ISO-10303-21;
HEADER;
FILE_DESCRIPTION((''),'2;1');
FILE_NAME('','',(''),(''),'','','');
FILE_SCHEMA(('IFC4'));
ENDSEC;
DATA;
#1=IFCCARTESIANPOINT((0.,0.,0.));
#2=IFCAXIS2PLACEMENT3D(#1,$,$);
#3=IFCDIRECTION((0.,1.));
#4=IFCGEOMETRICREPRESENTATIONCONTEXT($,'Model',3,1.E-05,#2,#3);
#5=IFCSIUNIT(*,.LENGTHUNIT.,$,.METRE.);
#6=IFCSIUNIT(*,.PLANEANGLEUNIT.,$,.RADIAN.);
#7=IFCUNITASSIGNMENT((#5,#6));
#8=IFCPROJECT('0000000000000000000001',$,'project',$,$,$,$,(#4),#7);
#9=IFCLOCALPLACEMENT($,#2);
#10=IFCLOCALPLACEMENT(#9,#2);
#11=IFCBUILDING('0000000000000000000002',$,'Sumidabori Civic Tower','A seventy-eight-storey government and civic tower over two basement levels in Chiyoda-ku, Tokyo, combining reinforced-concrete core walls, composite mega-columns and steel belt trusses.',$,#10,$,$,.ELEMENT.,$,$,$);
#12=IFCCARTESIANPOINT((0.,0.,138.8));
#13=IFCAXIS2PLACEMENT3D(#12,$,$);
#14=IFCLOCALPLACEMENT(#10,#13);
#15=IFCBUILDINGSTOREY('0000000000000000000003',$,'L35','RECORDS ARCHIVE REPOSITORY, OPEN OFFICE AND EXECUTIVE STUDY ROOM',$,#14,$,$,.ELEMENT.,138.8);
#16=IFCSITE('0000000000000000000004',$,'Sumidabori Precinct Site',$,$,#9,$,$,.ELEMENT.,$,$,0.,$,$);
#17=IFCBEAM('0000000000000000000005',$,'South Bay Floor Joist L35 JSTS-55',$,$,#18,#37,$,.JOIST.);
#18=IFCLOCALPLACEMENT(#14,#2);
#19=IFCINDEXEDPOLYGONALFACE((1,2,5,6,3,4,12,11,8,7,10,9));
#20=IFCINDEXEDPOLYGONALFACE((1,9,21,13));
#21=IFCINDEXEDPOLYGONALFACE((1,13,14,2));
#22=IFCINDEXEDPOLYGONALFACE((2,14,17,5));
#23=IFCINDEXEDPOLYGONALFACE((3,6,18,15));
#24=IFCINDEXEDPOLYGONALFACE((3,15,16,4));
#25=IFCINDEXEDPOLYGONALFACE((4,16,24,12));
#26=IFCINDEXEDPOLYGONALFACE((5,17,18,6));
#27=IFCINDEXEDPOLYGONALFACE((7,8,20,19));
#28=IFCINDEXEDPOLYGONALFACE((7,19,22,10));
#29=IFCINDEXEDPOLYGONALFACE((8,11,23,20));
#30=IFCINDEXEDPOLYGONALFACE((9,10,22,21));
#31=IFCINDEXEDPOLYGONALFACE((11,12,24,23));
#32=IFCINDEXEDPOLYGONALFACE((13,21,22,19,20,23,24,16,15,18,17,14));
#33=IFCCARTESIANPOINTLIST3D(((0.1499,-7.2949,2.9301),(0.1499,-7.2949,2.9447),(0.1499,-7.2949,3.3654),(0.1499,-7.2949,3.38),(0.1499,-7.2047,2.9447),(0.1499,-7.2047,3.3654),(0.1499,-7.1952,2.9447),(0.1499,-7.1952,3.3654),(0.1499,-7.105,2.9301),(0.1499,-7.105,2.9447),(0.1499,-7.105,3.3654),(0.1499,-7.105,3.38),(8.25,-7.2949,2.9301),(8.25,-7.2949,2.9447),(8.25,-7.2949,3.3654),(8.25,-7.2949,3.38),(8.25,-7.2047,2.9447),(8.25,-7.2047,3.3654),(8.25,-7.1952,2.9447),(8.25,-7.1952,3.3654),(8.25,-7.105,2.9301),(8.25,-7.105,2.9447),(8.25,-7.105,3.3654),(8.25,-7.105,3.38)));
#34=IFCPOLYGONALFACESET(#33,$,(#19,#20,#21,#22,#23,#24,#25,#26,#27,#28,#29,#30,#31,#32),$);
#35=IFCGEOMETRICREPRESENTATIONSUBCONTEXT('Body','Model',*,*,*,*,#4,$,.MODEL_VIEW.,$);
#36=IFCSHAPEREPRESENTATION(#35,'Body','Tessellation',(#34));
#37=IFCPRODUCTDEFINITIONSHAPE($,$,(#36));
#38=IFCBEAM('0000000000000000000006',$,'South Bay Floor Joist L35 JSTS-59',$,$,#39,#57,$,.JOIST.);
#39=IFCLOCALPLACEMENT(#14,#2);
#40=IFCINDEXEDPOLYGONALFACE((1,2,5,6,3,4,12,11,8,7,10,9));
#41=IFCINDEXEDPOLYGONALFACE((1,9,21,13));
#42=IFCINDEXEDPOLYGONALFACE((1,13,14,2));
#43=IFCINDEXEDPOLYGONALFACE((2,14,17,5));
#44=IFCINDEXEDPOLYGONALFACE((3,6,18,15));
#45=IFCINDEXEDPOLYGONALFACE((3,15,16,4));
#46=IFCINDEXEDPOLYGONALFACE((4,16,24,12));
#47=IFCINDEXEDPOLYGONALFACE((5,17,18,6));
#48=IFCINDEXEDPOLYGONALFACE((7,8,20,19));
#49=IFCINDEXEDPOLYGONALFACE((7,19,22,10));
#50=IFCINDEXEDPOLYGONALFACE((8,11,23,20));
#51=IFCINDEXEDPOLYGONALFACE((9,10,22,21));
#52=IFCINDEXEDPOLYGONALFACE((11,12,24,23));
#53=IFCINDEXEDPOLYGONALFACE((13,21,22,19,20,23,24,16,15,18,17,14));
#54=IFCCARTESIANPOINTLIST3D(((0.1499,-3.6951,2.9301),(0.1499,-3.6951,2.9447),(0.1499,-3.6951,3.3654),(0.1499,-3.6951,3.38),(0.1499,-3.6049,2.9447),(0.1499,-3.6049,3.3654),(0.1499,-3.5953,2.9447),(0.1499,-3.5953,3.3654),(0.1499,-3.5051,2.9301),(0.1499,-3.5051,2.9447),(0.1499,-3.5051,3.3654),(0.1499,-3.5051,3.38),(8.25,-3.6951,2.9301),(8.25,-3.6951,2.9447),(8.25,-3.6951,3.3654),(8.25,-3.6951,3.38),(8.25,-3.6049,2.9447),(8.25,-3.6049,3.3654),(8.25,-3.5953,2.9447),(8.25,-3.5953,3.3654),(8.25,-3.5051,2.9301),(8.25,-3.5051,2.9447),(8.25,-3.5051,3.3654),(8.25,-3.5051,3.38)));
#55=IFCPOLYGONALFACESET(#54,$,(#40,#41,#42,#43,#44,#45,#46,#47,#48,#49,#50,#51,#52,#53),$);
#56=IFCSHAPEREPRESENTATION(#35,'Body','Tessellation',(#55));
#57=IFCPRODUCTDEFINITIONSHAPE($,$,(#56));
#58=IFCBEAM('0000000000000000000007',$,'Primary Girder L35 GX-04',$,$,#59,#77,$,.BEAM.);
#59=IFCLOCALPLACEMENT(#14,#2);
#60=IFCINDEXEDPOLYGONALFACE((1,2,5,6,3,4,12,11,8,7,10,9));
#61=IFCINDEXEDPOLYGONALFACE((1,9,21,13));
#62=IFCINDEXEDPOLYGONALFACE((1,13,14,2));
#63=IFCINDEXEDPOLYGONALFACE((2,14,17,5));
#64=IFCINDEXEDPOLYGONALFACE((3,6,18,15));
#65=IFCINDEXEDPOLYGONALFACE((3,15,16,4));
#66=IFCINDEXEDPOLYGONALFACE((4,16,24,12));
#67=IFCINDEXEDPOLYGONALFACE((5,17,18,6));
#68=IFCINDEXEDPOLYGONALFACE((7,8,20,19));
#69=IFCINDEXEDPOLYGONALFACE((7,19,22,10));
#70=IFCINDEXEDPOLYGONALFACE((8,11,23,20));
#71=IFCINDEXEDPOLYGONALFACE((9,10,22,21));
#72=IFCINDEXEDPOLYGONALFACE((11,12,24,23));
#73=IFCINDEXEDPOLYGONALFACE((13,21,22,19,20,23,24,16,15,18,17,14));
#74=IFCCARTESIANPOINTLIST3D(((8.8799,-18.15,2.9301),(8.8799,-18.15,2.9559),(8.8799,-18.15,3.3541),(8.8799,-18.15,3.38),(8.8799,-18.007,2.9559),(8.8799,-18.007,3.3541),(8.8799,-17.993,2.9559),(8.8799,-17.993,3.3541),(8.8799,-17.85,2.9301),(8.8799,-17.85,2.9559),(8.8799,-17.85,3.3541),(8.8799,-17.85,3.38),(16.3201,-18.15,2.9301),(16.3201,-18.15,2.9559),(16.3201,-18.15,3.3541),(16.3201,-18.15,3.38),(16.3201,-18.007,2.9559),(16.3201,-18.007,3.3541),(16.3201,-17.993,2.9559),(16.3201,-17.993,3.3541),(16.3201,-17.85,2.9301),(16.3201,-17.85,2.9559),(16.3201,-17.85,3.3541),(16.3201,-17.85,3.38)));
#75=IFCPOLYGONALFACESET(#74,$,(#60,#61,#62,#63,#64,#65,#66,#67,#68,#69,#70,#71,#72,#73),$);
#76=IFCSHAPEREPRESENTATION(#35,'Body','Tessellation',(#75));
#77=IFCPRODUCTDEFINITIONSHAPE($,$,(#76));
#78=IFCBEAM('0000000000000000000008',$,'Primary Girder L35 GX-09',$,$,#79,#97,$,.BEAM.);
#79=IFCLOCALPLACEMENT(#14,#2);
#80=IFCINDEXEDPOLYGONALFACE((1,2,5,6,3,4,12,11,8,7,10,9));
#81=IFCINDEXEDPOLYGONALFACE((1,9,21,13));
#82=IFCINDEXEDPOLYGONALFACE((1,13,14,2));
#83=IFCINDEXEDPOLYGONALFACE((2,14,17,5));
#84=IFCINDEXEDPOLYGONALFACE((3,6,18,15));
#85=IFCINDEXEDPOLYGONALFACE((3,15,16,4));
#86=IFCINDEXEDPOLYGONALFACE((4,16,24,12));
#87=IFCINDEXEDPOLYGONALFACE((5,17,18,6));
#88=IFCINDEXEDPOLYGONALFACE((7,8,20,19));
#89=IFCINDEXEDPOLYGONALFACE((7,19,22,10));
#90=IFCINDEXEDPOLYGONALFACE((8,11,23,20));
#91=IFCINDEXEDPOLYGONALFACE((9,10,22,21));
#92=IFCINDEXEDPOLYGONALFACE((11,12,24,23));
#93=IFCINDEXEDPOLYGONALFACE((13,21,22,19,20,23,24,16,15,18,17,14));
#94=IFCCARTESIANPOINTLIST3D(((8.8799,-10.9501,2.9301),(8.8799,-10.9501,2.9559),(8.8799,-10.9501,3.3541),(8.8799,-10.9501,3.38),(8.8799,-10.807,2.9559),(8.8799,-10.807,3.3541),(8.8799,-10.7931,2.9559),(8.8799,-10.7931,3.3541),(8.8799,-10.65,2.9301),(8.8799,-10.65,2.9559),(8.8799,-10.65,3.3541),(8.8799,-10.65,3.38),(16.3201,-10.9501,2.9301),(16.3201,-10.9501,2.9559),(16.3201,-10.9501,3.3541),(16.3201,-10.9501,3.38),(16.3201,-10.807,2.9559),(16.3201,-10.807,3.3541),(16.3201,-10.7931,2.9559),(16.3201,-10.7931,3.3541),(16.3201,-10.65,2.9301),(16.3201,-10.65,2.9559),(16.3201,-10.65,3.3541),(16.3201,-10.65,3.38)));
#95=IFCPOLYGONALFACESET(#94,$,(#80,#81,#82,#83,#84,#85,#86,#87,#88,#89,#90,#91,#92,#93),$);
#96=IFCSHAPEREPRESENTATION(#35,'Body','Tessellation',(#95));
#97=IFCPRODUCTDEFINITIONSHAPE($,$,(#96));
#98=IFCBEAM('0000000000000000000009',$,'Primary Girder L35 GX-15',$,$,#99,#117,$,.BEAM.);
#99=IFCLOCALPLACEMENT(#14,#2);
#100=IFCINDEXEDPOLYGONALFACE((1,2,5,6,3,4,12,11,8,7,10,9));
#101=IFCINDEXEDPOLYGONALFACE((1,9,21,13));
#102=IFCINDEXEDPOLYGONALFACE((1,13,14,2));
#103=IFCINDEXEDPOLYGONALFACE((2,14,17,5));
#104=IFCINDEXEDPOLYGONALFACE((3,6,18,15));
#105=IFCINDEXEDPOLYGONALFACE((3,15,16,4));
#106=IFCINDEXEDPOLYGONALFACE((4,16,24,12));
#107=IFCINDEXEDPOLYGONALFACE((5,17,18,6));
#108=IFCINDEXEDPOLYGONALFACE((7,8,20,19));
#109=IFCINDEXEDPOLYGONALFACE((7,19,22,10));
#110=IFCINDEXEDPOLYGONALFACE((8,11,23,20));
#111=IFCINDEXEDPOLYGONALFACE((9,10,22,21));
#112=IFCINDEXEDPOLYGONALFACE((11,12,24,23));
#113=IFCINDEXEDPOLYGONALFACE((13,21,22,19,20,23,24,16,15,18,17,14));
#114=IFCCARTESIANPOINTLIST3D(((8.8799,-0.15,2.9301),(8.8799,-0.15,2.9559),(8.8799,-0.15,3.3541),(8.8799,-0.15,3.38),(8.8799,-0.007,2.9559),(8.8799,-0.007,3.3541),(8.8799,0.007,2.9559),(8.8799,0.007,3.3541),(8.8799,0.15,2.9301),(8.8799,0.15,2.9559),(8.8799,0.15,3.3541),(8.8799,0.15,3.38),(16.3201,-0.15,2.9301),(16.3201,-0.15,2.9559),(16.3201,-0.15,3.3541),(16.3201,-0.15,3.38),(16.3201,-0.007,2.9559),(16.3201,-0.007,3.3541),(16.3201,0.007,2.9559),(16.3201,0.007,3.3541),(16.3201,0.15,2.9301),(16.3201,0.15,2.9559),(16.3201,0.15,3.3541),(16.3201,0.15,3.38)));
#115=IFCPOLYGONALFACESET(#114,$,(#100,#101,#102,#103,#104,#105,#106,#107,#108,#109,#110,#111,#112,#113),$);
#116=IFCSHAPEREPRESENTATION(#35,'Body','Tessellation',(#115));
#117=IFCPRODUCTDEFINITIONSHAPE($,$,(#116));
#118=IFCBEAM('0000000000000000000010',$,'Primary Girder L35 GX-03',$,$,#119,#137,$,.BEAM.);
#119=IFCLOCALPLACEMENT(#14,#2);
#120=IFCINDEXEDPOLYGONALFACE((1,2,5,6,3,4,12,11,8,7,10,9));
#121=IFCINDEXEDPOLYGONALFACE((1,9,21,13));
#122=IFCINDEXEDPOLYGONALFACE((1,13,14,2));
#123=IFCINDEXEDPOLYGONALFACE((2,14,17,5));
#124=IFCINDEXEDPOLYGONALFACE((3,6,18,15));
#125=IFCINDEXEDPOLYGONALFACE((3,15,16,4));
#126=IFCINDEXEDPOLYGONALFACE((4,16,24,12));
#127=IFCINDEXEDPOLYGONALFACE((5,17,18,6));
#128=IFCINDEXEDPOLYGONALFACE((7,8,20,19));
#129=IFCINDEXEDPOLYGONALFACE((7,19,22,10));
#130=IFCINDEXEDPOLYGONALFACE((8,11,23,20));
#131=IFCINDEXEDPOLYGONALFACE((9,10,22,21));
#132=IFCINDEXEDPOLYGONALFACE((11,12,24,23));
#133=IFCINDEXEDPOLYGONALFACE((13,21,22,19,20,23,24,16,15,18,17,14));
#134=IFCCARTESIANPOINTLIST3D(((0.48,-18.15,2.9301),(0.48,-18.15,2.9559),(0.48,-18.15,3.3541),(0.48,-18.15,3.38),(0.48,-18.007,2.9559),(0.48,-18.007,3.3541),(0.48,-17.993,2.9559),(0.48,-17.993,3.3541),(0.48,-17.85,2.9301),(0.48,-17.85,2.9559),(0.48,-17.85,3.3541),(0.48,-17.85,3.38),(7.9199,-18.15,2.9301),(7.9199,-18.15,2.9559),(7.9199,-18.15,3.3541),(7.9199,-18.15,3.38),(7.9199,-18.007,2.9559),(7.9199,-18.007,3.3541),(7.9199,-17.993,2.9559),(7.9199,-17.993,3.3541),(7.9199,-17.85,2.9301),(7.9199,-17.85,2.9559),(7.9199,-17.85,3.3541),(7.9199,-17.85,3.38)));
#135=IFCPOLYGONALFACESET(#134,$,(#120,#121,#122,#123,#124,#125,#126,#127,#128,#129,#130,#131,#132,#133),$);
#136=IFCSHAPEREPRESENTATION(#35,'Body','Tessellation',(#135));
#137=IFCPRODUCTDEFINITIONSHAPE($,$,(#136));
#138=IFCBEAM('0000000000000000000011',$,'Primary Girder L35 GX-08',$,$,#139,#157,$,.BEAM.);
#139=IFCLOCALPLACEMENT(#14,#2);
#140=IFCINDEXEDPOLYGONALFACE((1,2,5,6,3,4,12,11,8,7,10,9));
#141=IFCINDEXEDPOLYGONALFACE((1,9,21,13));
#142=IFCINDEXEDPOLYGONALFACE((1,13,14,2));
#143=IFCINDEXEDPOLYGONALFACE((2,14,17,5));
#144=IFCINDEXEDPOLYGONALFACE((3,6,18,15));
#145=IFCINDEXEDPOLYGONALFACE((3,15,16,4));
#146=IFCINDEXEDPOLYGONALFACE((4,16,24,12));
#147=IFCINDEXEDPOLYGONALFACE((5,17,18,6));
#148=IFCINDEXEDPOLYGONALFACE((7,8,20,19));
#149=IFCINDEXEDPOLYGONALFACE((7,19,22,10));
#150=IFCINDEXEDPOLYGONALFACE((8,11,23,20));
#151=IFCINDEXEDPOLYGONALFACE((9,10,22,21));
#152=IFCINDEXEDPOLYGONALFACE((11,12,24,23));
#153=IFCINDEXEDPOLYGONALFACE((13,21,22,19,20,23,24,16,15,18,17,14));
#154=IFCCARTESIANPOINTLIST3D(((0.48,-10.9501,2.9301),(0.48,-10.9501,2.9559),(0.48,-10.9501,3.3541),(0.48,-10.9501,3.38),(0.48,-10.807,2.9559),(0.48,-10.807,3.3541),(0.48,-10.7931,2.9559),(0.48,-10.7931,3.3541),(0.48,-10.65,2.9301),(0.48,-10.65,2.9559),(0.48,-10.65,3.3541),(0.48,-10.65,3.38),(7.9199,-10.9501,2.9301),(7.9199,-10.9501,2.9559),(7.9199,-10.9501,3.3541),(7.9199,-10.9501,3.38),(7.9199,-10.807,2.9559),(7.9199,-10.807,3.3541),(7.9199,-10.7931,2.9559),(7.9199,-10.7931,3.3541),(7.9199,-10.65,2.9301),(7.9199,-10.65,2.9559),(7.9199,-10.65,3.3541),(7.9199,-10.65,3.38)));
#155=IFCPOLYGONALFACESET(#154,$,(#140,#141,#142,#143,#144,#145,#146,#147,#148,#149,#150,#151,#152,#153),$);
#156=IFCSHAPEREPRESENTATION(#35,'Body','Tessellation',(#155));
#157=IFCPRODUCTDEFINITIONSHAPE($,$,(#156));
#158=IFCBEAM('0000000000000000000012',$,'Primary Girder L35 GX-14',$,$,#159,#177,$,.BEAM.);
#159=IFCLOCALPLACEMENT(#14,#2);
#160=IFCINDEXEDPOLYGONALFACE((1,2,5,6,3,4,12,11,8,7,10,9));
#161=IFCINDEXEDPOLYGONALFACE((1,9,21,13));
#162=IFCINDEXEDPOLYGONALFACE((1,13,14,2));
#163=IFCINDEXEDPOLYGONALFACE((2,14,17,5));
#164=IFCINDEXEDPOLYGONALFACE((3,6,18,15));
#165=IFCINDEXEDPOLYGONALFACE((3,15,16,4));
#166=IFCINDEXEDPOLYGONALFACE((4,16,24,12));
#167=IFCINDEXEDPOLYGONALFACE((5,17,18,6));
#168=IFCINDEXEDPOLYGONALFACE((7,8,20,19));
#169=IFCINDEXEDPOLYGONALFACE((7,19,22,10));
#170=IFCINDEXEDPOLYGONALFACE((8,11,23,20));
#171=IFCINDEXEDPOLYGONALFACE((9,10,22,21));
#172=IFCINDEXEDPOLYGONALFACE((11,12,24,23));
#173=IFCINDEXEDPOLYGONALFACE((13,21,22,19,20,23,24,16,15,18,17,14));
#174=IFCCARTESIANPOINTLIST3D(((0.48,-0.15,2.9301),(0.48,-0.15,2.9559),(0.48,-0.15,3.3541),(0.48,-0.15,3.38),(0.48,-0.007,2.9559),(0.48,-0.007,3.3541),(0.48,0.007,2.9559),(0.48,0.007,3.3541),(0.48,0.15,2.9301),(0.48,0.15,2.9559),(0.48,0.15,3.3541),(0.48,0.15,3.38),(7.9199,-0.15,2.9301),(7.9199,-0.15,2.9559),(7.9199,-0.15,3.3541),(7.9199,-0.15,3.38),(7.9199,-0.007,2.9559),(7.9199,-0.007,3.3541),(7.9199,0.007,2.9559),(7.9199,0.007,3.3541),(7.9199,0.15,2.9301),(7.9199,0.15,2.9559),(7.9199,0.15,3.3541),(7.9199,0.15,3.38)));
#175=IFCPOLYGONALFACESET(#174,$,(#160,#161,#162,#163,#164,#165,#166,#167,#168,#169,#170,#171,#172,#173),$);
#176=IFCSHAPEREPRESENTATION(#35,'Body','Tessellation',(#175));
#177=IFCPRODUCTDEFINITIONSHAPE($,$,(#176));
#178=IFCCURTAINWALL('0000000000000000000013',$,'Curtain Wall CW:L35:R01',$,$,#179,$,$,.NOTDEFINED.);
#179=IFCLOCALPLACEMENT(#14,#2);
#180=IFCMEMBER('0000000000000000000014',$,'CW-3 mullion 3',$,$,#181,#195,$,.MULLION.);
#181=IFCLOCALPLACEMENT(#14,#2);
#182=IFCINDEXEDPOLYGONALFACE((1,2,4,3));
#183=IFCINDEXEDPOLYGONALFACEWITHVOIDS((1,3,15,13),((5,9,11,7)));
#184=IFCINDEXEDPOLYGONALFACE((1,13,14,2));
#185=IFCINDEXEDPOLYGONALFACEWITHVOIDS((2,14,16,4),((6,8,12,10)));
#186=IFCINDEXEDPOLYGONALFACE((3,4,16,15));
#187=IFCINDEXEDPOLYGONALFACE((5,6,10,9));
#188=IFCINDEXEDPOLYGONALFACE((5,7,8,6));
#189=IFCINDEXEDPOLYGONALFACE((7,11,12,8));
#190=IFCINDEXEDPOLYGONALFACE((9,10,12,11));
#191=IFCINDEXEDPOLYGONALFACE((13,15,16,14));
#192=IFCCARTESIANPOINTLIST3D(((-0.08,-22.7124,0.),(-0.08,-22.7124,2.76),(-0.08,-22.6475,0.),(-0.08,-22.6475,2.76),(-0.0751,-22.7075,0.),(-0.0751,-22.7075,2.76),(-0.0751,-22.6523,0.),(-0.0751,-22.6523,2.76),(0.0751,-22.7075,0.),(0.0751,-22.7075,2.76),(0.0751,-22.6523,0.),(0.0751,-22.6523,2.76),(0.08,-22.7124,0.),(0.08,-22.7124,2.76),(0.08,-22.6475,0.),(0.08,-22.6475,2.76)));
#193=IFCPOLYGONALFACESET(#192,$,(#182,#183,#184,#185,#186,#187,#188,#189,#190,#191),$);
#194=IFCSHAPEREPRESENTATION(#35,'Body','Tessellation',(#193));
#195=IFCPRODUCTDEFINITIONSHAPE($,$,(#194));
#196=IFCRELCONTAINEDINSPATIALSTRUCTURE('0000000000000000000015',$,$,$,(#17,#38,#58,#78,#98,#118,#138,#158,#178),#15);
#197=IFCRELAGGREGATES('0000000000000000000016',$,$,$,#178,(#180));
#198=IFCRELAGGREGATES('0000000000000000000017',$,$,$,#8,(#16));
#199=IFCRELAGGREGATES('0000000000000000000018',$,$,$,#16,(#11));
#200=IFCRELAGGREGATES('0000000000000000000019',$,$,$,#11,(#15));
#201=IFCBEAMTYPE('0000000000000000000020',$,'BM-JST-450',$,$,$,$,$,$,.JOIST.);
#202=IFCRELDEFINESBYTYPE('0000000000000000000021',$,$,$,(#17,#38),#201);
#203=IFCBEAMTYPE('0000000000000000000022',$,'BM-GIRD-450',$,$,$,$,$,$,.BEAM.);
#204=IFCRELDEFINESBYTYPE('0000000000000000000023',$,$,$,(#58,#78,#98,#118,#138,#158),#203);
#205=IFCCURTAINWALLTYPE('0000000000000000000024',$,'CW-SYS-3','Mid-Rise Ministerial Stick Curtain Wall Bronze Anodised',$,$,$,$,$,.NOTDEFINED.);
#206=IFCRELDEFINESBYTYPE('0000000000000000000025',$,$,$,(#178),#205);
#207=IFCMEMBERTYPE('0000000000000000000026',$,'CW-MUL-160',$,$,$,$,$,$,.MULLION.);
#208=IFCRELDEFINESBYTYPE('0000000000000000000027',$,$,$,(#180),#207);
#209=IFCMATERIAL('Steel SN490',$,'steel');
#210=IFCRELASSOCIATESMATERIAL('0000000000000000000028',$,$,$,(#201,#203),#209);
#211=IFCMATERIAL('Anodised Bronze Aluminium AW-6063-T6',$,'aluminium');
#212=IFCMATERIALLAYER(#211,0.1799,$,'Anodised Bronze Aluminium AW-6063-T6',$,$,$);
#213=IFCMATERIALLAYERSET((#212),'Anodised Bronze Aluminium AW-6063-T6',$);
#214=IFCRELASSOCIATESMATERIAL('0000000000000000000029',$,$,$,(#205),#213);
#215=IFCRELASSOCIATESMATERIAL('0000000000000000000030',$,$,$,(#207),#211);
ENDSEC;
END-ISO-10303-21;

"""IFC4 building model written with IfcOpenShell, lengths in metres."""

from ifc_helpers import new_model, si_unit, direction, frame, origin, origin_2d, place, context, subcontext, project, spatial, hollow_rectangle, i_section, extrude, source, transform, mapped, material, layer, layer_set, material_profile, profile_set, type_object, element, aggregate, save


model = new_model("IFC4")

# Units and contexts
model_context = context("Model", 3, precision=1e-05, world=origin(), true_north=direction((0.0, 1.0)))
body_context = subcontext(model_context, "Body", "Model", "MODEL_VIEW")
ifc_project = project(units=[si_unit("LENGTHUNIT", "METRE"), si_unit("PLANEANGLEUNIT", "RADIAN")], contexts=[model_context])

# Site, building, storey
site_placement = place(None, origin())
site = spatial("IfcSite", under=ifc_project, at=site_placement, Name="Sumidabori Precinct Site", CompositionType="ELEMENT", RefElevation=0.0)
building_placement = place(site_placement, origin())
building = spatial("IfcBuilding", under=site, at=building_placement, Name="Sumidabori Civic Tower", Description="A seventy-eight-storey government and civic tower over two basement levels in Chiyoda-ku, Tokyo, combining reinforced-concrete core walls, composite mega-columns and steel belt trusses.", CompositionType="ELEMENT")
storey_placement = place(building_placement, frame((0.0, 0.0, 138.8)))
storey = spatial("IfcBuildingStorey", under=building, at=storey_placement, Name="L35", Description="RECORDS ARCHIVE REPOSITORY, OPEN OFFICE AND EXECUTIVE STUDY ROOM", CompositionType="ELEMENT", Elevation=138.8)

# Beams
ifc_material_1 = material(Name="Steel SN490", Category="steel")
ifc_material_profile_1 = material_profile(ifc_material_1, i_section(OverallWidth=0.1899, OverallDepth=0.45, WebThickness=0.0095, FlangeThickness=0.0146, at=origin_2d()), Name="IPE 450")
ifc_profile_set_1 = profile_set([ifc_material_profile_1], Name="Steel SN490")
beam_type_1 = type_object("IfcBeamType", Name="BM-JST-450", PredefinedType="JOIST", material=ifc_profile_set_1)
shared_shape_1 = source(origin(), body_context, "Body", "SweptSolid", [
    extrude(i_section(OverallWidth=0.1899, OverallDepth=0.45, WebThickness=0.0095, FlangeThickness=0.0146, at=origin_2d()), origin(), (0.0, 0.0, 1.0), 8.1001),
])
for number, where, z_axis, x_axis, name in (
    (1, (0.1499, -7.2, 3.155), (1.0, 0.0, 0.0), (0.0, 1.0, 0.0), "South Bay Floor Joist L35 JSTS-55"),
    (2, (0.1499, -3.6001, 3.155), (1.0, 0.0, 0.0), (0.0, 1.0, 0.0), "South Bay Floor Joist L35 JSTS-59"),
):
    element("IfcBeam", number, at=place(storey_placement, frame(where, z_axis=z_axis, x_axis=x_axis)), inside=storey, type_object=beam_type_1, Name=name, PredefinedType="JOIST", context=body_context, shape_type="MappedRepresentation", body=[
        mapped(shared_shape_1, transform((0.0, 0.0, 0.0), x_axis=(1.0, 0.0, 0.0), y_axis=(0.0, 1.0, 0.0), z_axis=(0.0, 0.0, 1.0), scale=1.0)),
    ])
ifc_material_profile_2 = material_profile(ifc_material_1, i_section(OverallWidth=0.3, OverallDepth=0.45, WebThickness=0.0139, FlangeThickness=0.0259, at=origin_2d()), Name="HE 450 B")
ifc_profile_set_2 = profile_set([ifc_material_profile_2], Name="Steel SN490")
beam_type_2 = type_object("IfcBeamType", Name="BM-GIRD-450", PredefinedType="BEAM", material=ifc_profile_set_2)
shared_shape_2 = source(origin(), body_context, "Body", "SweptSolid", [
    extrude(i_section(OverallWidth=0.3, OverallDepth=0.45, WebThickness=0.0139, FlangeThickness=0.0259, at=origin_2d()), origin(), (0.0, 0.0, 1.0), 7.4402),
])
for number, where, z_axis, x_axis, name in (
    (3, (8.8799, -18.0, 3.155), (1.0, 0.0, 0.0), (0.0, 1.0, 0.0), "Primary Girder L35 GX-04"),
    (4, (8.8799, -10.8, 3.155), (1.0, 0.0, 0.0), (0.0, 1.0, 0.0), "Primary Girder L35 GX-09"),
    (5, (8.8799, 0.0, 3.155), (1.0, 0.0, 0.0), (0.0, 1.0, 0.0), "Primary Girder L35 GX-15"),
):
    element("IfcBeam", number, at=place(storey_placement, frame(where, z_axis=z_axis, x_axis=x_axis)), inside=storey, type_object=beam_type_2, Name=name, PredefinedType="BEAM", context=body_context, shape_type="MappedRepresentation", body=[
        mapped(shared_shape_2, transform((0.0, 0.0, 0.0), x_axis=(1.0, 0.0, 0.0), y_axis=(0.0, 1.0, 0.0), z_axis=(0.0, 0.0, 1.0), scale=1.0)),
    ])
shared_shape_3 = source(origin(), body_context, "Body", "SweptSolid", [
    extrude(i_section(OverallWidth=0.3, OverallDepth=0.45, WebThickness=0.0139, FlangeThickness=0.0259, at=origin_2d()), origin(), (0.0, 0.0, 1.0), 7.4399),
])
for number, where, z_axis, x_axis, name in (
    (6, (0.48, -18.0, 3.155), (1.0, 0.0, 0.0), (0.0, 1.0, 0.0), "Primary Girder L35 GX-03"),
    (7, (0.48, -10.8, 3.155), (1.0, 0.0, 0.0), (0.0, 1.0, 0.0), "Primary Girder L35 GX-08"),
    (8, (0.48, 0.0, 3.155), (1.0, 0.0, 0.0), (0.0, 1.0, 0.0), "Primary Girder L35 GX-14"),
):
    element("IfcBeam", number, at=place(storey_placement, frame(where, z_axis=z_axis, x_axis=x_axis)), inside=storey, type_object=beam_type_2, Name=name, PredefinedType="BEAM", context=body_context, shape_type="MappedRepresentation", body=[
        mapped(shared_shape_3, transform((0.0, 0.0, 0.0), x_axis=(1.0, 0.0, 0.0), y_axis=(0.0, 1.0, 0.0), z_axis=(0.0, 0.0, 1.0), scale=1.0)),
    ])

# Curtain wall, member
ifc_material_2 = material(Name="Anodised Bronze Aluminium AW-6063-T6", Category="aluminium")
ifc_layer_1 = layer(ifc_material_2, 0.1799, Name="Anodised Bronze Aluminium AW-6063-T6")
ifc_layer_set_1 = layer_set([ifc_layer_1], Name="Anodised Bronze Aluminium AW-6063-T6")
curtain_wall_type = type_object("IfcCurtainWallType", Name="CW-SYS-3", Description="Mid-Rise Ministerial Stick Curtain Wall Bronze Anodised", PredefinedType="NOTDEFINED", material=ifc_layer_set_1)
curtain_wall_placement = place(storey_placement, origin())
curtain_wall = element("IfcCurtainWall", 9, at=curtain_wall_placement, inside=storey, type_object=curtain_wall_type, Name="Curtain Wall CW:L35:R01", PredefinedType="NOTDEFINED")
ifc_material_profile_3 = material_profile(ifc_material_2, hollow_rectangle(XDim=0.0649, YDim=0.1599, WallThickness=0.0049, at=origin_2d()), Name="ALU MULLION 160x65")
ifc_profile_set_3 = profile_set([ifc_material_profile_3], Name="Anodised Bronze Aluminium AW-6063-T6")
member_type_1 = type_object("IfcMemberType", Name="CW-MUL-160", PredefinedType="MULLION", material=ifc_profile_set_3)
shared_shape_4 = source(origin(), body_context, "Body", "SweptSolid", [
    extrude(hollow_rectangle(XDim=0.0649, YDim=0.1599, WallThickness=0.0049, at=origin_2d()), origin(), (0.0, 0.0, 1.0), 2.76),
])
member_1_placement = place(storey_placement, frame((0.0, -22.6799, 0.0), z_axis=(0.0, 0.0, 1.0), x_axis=(0.0, 1.0, 0.0)))
member_1 = element("IfcMember", 10, at=member_1_placement, type_object=member_type_1, Name="CW-3 mullion 3", PredefinedType="MULLION", context=body_context, shape_type="MappedRepresentation", body=[
    mapped(shared_shape_4, transform((0.0, 0.0, 0.0), x_axis=(1.0, 0.0, 0.0), y_axis=(0.0, 1.0, 0.0), z_axis=(0.0, 0.0, 1.0), scale=1.0)),
])

aggregate(curtain_wall, [member_1])

save(model, "model.ifc")
